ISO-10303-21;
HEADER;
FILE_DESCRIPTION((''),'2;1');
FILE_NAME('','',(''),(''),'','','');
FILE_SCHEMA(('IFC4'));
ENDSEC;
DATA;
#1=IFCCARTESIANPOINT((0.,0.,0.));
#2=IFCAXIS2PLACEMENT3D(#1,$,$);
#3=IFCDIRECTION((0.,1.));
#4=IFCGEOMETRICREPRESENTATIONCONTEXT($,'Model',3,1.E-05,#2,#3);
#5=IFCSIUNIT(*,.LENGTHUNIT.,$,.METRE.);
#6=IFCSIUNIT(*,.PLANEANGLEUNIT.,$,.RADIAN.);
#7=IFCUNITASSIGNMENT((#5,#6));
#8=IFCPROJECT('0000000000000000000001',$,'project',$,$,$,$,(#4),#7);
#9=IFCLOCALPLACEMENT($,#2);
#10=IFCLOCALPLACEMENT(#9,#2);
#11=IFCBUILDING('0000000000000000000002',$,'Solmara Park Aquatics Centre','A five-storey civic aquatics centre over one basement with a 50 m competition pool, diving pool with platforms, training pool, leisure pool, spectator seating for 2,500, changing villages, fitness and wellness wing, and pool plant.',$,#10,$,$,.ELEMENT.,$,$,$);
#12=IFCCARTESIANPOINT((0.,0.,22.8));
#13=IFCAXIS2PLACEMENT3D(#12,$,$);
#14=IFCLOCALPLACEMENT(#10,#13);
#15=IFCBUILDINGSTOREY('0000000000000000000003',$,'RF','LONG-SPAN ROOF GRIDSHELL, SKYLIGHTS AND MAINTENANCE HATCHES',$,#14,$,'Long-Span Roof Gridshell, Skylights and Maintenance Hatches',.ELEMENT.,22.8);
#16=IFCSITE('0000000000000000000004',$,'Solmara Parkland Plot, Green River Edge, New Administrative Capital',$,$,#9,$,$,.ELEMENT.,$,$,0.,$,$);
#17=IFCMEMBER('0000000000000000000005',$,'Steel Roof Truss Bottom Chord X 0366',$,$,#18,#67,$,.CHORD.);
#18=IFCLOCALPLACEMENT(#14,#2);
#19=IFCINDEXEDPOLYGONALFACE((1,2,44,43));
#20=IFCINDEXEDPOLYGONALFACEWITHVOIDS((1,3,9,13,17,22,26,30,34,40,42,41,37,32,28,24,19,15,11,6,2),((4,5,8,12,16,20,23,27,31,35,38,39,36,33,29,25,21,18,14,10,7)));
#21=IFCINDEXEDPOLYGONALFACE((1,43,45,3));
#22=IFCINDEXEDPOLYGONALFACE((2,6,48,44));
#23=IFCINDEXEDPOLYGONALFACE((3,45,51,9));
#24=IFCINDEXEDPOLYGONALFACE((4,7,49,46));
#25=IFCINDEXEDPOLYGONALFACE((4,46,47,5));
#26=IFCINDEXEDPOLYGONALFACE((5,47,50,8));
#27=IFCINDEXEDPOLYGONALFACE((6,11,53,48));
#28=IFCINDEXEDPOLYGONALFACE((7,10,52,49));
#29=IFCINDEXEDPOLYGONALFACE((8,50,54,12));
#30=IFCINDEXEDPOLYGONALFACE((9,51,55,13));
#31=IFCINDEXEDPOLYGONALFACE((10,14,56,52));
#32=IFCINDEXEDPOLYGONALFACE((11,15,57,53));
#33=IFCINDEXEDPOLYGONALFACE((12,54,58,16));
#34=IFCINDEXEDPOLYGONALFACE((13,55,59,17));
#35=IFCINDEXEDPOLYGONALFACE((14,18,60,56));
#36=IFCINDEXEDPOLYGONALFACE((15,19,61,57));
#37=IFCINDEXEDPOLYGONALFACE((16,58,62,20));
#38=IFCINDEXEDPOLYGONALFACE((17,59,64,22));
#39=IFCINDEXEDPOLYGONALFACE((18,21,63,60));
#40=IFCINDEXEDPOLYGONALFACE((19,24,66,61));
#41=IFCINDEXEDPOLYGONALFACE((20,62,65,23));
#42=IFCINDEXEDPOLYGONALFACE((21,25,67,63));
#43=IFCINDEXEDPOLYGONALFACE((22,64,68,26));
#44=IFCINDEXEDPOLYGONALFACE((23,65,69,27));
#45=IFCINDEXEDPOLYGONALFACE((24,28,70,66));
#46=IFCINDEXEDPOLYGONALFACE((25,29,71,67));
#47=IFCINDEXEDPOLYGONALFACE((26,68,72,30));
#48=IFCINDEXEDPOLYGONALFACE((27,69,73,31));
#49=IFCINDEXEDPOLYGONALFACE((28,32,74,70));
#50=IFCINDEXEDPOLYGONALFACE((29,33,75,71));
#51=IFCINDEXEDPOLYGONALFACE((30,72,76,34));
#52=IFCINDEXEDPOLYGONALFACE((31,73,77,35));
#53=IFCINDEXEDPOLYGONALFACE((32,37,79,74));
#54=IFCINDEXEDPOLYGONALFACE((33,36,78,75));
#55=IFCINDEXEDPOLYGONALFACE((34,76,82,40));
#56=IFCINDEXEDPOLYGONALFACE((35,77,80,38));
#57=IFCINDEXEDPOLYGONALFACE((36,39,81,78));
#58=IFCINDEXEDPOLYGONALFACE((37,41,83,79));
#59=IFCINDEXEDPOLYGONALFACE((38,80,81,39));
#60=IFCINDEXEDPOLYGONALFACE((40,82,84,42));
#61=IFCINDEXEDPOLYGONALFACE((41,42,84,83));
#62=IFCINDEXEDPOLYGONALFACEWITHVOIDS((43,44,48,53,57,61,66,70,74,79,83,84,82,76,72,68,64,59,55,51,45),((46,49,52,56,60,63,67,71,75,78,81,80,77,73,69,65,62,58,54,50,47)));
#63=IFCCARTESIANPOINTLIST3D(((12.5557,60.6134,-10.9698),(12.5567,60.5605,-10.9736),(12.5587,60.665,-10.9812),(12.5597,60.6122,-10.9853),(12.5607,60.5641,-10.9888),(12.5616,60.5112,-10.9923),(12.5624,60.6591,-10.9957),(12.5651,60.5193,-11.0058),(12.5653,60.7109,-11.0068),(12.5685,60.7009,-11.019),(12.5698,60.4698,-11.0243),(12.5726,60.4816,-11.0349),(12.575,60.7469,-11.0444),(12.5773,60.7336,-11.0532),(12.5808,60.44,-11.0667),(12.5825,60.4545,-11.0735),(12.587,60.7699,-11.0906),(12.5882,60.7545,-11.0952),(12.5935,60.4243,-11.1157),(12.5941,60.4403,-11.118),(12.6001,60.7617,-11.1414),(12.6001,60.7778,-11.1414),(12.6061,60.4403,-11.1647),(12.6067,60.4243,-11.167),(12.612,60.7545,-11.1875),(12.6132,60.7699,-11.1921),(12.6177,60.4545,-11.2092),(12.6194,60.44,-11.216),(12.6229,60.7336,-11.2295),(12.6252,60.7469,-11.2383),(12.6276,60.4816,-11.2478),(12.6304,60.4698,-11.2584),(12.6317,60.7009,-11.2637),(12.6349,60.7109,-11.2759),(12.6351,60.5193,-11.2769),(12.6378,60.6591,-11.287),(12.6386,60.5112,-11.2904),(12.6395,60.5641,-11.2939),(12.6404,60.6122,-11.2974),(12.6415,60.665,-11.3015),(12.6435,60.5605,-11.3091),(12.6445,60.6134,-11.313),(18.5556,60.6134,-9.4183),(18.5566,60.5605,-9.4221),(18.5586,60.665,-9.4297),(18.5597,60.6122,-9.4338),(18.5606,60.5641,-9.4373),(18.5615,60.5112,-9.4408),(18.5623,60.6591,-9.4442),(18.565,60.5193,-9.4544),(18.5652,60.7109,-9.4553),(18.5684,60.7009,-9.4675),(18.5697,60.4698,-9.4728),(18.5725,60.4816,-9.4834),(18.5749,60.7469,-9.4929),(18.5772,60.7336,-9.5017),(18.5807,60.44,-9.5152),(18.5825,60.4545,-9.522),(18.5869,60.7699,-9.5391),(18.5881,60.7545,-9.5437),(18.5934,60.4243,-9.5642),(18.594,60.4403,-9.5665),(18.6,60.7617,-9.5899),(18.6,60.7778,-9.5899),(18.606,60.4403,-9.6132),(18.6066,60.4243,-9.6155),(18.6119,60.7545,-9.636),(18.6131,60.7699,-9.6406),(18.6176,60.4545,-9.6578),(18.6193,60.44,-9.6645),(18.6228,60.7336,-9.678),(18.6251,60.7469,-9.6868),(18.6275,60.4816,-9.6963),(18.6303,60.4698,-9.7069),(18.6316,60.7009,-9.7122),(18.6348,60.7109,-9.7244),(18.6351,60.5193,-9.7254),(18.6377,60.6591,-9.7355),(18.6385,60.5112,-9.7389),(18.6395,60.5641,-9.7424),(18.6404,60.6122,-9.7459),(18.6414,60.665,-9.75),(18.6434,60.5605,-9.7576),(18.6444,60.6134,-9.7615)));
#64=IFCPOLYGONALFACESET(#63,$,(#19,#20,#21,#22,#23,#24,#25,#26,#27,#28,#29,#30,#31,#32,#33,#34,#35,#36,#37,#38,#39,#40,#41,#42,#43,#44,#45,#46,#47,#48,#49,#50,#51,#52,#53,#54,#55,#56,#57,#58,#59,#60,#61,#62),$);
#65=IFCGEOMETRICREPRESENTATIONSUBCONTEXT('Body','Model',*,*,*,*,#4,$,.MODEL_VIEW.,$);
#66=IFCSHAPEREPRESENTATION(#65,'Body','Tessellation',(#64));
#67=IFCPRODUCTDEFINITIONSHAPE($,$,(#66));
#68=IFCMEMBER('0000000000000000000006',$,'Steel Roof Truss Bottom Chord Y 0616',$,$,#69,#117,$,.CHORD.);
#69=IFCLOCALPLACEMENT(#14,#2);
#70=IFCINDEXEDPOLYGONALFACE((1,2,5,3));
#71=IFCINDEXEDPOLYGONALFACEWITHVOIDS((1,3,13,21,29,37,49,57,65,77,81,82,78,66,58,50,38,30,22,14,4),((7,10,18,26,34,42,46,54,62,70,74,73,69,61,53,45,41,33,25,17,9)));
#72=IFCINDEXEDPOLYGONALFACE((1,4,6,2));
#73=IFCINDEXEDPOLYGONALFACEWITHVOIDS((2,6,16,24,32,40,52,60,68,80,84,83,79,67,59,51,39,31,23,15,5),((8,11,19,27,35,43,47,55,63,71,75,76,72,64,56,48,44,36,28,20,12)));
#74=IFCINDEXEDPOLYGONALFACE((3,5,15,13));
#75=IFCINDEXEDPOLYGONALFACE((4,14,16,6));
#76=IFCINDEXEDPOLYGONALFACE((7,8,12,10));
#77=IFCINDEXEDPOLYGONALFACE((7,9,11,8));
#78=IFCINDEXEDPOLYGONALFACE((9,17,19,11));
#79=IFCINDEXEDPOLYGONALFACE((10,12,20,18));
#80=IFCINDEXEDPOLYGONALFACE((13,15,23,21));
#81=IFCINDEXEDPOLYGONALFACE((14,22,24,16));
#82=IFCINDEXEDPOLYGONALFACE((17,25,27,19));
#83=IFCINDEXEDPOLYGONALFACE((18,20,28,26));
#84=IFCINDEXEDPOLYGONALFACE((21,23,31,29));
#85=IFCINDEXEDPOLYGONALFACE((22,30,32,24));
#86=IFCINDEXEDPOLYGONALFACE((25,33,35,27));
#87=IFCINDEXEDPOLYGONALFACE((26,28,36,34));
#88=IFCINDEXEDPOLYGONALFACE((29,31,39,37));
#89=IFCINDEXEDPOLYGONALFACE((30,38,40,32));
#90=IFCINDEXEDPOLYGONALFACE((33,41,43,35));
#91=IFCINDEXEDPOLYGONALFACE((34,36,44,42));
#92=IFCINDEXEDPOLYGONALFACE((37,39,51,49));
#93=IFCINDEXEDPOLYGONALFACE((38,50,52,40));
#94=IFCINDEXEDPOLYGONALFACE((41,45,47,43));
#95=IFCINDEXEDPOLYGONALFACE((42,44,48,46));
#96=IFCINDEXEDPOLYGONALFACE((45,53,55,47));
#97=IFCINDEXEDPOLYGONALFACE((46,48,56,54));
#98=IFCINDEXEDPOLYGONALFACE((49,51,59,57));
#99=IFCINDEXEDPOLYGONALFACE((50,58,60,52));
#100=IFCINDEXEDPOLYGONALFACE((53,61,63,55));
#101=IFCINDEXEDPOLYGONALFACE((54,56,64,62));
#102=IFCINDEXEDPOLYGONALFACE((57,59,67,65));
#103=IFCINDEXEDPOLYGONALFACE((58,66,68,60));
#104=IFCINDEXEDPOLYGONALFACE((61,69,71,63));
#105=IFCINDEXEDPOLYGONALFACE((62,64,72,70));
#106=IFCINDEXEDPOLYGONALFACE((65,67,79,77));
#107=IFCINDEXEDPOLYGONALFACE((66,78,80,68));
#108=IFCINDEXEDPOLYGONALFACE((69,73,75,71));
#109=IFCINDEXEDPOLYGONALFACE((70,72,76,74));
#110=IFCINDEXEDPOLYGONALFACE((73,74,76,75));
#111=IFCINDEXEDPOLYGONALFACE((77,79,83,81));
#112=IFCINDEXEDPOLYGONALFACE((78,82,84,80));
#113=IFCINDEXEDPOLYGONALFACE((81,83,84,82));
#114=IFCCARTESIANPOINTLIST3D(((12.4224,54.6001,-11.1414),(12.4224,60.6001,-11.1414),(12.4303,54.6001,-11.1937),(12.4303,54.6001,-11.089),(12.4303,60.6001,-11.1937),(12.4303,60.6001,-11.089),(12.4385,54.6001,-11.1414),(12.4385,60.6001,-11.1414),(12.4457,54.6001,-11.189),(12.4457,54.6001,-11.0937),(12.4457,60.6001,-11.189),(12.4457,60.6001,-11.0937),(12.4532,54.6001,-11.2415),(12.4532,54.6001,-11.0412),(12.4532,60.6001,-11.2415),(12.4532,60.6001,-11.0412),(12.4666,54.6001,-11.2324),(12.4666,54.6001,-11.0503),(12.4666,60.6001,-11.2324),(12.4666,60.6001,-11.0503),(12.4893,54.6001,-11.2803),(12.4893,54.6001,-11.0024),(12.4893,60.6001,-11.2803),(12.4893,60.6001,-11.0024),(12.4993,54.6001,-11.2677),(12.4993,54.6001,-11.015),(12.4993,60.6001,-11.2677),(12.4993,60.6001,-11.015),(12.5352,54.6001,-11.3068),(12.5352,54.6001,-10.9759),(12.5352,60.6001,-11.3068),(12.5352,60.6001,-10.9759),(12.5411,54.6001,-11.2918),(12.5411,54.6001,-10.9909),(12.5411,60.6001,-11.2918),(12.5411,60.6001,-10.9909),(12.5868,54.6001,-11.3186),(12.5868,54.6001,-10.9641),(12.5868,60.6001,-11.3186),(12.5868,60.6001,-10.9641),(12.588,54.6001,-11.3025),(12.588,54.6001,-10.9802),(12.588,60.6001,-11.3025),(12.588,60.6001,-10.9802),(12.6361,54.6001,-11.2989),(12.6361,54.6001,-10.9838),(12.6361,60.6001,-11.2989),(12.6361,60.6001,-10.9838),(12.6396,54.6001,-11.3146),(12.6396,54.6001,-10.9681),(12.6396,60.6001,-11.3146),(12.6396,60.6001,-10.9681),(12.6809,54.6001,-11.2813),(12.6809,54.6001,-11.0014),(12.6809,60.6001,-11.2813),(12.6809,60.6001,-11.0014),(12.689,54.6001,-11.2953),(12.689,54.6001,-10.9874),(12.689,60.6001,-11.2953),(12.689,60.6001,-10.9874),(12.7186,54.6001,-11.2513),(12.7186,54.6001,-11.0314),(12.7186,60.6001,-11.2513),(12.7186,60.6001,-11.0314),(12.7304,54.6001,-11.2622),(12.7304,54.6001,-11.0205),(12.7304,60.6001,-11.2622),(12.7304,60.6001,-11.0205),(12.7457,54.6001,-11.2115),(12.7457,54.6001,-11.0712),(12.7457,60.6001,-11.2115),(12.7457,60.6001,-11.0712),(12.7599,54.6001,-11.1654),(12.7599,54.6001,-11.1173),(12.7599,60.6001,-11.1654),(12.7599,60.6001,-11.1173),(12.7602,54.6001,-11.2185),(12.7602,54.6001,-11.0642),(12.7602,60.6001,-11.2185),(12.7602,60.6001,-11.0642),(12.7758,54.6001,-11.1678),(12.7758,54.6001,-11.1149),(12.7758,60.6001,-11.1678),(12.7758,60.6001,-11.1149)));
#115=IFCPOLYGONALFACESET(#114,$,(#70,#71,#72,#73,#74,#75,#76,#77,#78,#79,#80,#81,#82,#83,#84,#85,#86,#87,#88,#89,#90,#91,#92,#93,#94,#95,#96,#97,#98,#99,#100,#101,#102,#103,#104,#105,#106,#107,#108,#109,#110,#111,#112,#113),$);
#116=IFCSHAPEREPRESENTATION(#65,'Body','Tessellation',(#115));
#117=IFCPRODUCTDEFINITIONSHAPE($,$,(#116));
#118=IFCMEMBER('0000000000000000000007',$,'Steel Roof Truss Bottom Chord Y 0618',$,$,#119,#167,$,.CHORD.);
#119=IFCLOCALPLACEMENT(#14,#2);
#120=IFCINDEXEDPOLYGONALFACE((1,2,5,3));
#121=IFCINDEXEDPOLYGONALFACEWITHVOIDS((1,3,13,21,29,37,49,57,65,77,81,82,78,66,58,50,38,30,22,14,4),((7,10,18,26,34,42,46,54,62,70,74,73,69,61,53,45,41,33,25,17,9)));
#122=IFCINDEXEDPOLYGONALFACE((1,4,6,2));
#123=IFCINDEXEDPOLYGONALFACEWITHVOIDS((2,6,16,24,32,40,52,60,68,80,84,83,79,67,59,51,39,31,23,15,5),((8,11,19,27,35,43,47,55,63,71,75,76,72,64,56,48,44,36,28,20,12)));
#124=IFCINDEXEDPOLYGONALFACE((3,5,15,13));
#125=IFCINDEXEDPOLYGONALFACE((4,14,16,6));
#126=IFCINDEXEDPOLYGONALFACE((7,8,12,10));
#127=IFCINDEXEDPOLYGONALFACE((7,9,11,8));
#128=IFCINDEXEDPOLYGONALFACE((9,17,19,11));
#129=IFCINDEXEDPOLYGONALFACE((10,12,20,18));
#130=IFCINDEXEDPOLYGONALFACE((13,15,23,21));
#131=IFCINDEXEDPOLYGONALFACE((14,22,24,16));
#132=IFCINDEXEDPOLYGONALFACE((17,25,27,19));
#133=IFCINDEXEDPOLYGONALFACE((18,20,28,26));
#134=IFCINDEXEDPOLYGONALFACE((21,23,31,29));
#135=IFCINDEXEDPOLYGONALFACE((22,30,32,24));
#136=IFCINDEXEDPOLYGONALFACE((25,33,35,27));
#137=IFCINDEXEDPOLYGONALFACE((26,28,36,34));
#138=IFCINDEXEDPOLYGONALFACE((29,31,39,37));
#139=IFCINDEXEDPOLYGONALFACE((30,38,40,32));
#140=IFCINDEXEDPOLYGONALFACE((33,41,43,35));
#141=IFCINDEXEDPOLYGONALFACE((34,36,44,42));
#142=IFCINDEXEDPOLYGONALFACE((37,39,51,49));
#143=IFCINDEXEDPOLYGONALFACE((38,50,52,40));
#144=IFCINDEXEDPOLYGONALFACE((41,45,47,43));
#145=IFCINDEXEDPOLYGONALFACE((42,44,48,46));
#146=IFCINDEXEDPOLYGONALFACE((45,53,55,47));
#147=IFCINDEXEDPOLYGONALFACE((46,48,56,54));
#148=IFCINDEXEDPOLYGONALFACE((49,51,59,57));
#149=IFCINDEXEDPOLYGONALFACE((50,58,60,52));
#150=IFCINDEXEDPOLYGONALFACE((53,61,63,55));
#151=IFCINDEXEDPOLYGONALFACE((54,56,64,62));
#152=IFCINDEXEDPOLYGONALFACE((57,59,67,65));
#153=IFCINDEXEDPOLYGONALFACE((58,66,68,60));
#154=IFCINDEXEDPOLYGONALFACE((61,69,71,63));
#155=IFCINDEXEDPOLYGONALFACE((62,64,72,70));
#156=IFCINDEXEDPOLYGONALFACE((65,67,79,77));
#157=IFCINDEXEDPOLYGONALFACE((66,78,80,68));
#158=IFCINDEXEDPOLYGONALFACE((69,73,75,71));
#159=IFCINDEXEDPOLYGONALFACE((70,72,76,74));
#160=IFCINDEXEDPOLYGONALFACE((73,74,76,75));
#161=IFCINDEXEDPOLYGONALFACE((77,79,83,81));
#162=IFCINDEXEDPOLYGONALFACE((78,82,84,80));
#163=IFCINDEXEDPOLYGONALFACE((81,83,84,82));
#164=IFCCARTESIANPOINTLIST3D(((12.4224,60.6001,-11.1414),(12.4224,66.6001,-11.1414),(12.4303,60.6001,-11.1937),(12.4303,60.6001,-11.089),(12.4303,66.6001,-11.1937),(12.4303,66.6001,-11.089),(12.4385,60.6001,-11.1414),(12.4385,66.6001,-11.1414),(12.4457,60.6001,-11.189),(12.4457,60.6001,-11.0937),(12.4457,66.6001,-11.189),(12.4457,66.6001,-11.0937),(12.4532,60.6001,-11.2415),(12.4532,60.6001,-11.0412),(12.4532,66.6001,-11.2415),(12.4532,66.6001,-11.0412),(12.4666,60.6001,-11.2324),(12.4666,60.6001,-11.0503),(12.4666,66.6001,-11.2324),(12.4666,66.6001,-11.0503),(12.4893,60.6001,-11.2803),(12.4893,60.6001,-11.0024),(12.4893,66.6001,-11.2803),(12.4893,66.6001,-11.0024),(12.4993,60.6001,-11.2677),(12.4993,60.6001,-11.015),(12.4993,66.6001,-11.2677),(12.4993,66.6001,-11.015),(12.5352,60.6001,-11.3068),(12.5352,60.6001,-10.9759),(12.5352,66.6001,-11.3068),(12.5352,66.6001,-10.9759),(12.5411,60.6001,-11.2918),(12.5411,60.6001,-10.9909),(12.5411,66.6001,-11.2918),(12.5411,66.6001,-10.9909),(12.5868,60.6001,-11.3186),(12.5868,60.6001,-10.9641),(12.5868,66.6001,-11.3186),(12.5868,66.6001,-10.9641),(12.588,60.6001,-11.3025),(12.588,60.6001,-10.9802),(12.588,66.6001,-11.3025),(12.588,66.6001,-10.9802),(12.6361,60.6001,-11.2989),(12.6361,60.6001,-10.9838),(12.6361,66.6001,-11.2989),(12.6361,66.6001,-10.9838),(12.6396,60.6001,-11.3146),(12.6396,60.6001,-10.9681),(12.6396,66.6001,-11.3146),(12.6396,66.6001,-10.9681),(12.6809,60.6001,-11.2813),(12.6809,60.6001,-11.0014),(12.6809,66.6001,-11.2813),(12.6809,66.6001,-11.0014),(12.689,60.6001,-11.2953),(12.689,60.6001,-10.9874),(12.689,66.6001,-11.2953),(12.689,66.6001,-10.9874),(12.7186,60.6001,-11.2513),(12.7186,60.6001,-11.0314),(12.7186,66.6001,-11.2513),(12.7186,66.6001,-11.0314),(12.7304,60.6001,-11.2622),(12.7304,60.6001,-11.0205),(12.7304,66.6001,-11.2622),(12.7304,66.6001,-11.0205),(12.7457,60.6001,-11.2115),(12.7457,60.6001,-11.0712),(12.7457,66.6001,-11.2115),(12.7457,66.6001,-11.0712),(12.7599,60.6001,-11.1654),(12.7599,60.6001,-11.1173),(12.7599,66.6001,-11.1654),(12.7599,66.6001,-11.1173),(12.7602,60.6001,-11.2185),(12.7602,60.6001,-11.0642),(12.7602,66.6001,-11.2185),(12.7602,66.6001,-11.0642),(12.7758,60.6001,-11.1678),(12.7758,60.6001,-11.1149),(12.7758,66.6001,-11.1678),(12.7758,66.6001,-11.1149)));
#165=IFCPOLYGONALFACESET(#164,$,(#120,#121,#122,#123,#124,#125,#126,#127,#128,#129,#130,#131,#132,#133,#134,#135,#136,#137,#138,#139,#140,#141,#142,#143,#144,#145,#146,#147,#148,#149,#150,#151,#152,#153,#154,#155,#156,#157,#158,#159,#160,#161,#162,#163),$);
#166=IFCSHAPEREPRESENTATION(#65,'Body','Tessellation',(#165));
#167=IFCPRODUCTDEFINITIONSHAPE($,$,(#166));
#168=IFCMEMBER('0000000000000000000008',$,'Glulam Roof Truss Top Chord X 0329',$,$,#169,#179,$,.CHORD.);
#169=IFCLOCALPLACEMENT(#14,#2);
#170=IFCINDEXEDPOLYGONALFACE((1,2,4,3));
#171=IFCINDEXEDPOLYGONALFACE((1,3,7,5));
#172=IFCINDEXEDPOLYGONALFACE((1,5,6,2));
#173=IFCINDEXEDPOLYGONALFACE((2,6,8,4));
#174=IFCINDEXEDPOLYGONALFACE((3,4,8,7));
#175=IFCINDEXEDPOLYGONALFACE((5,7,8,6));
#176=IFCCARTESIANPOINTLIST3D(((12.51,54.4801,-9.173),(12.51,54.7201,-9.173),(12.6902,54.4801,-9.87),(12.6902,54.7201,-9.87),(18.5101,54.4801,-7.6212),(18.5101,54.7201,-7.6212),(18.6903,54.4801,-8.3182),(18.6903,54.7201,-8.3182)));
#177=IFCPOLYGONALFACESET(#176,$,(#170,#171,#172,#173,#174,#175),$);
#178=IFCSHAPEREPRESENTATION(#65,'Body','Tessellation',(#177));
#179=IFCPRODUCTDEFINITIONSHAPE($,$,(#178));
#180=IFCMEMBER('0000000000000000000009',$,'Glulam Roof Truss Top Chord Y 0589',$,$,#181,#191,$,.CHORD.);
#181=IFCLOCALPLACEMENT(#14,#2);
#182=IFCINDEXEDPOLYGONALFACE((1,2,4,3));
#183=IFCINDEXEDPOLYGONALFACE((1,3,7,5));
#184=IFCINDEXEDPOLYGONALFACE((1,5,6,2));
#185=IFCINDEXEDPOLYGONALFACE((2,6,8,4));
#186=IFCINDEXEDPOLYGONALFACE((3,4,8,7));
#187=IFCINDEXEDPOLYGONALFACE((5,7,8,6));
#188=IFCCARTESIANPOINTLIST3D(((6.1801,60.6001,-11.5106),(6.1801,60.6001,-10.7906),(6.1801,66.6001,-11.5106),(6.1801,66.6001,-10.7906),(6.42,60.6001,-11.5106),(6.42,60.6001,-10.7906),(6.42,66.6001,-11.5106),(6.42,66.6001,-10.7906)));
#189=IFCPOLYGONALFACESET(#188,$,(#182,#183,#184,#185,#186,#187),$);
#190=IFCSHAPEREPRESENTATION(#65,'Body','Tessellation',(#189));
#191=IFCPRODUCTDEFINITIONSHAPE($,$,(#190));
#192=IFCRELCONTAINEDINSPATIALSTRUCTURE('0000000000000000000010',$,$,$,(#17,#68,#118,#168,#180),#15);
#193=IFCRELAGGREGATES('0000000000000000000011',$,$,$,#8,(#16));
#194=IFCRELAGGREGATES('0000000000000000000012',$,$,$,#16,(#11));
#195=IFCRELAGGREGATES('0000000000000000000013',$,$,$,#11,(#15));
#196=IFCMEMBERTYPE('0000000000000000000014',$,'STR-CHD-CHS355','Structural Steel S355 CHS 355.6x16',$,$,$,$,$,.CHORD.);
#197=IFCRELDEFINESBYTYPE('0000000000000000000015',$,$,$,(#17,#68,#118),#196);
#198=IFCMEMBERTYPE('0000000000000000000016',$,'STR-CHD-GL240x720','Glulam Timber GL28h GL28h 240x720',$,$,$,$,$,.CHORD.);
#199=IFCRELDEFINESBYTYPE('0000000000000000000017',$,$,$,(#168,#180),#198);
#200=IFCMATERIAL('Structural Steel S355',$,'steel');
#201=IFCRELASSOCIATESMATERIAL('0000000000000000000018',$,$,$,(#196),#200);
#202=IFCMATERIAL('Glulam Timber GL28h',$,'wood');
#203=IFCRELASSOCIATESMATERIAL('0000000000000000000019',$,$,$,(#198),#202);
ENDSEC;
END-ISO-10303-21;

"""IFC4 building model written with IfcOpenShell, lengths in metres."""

from ifc_helpers import new_model, si_unit, direction, frame, origin, origin_2d, place, context, subcontext, project, spatial, rectangle, hollow_circle, extrude, material, material_profile, profile_set, type_object, element, save


model = new_model("IFC4")

# Units and contexts
model_context = context("Model", 3, precision=1e-05, world=origin(), true_north=direction((0.0, 1.0)))
body_context = subcontext(model_context, "Body", "Model", "MODEL_VIEW")
ifc_project = project(units=[si_unit("LENGTHUNIT", "METRE"), si_unit("PLANEANGLEUNIT", "RADIAN")], contexts=[model_context])

# Site, building, storey
site_placement = place(None, origin())
site = spatial("IfcSite", under=ifc_project, at=site_placement, Name="Solmara Parkland Plot, Green River Edge, New Administrative Capital", CompositionType="ELEMENT", RefElevation=0.0)
building_placement = place(site_placement, origin())
building = spatial("IfcBuilding", under=site, at=building_placement, Name="Solmara Park Aquatics Centre", Description="A five-storey civic aquatics centre over one basement with a 50 m competition pool, diving pool with platforms, training pool, leisure pool, spectator seating for 2,500, changing villages, fitness and wellness wing, and pool plant.", CompositionType="ELEMENT")
storey_placement = place(building_placement, frame((0.0, 0.0, 22.8)))
storey = spatial("IfcBuildingStorey", under=building, at=storey_placement, Name="RF", Description="LONG-SPAN ROOF GRIDSHELL, SKYLIGHTS AND MAINTENANCE HATCHES", LongName="Long-Span Roof Gridshell, Skylights and Maintenance Hatches", CompositionType="ELEMENT", Elevation=22.8)

# Members
ifc_material_1 = material(Name="Structural Steel S355", Category="steel")
ifc_material_profile_1 = material_profile(ifc_material_1, hollow_circle(Radius=0.1777, WallThickness=0.0161, at=origin_2d()), Name="CHS 355.6x16")
ifc_profile_set_1 = profile_set([ifc_material_profile_1], Name="Structural Steel S355")
member_type_1 = type_object("IfcMemberType", Name="STR-CHD-CHS355", Description="Structural Steel S355 CHS 355.6x16", PredefinedType="CHORD", material=ifc_profile_set_1)
member_1_placement = place(storey_placement, frame((12.6001, 60.6001, -11.1414), z_axis=(0.968155, 0.0, 0.250351), x_axis=(0.0, 1.0, 0.0)))
element("IfcMember", 1, at=member_1_placement, inside=storey, type_object=member_type_1, Name="Steel Roof Truss Bottom Chord X 0366", PredefinedType="CHORD", context=body_context, shape_type="SweptSolid", body=[
    extrude(hollow_circle(Radius=0.1777, WallThickness=0.0161, at=origin_2d()), origin(), (0.0, 0.0, 1.0), 6.1973),
])
for number, where, z_axis, x_axis, name in (
    (2, (12.6001, 54.6001, -11.1414), (0.0, 1.0, 0.0), (-1.0, 0.0, 0.0), "Steel Roof Truss Bottom Chord Y 0616"),
    (3, (12.6001, 60.6001, -11.1414), (0.0, 1.0, 0.0), (-1.0, 0.0, 0.0), "Steel Roof Truss Bottom Chord Y 0618"),
):
    element("IfcMember", number, at=place(storey_placement, frame(where, z_axis=z_axis, x_axis=x_axis)), inside=storey, type_object=member_type_1, Name=name, PredefinedType="CHORD", context=body_context, shape_type="SweptSolid", body=[
        extrude(hollow_circle(Radius=0.1777, WallThickness=0.0161, at=origin_2d()), origin(), (0.0, 0.0, 1.0), 6.0),
    ])
ifc_material_2 = material(Name="Glulam Timber GL28h", Category="wood")
ifc_material_profile_2 = material_profile(ifc_material_2, rectangle(XDim=0.24, YDim=0.72, at=origin_2d()), Name="GL28h 240x720")
ifc_profile_set_2 = profile_set([ifc_material_profile_2], Name="Glulam Timber GL28h")
member_type_2 = type_object("IfcMemberType", Name="STR-CHD-GL240x720", Description="Glulam Timber GL28h GL28h 240x720", PredefinedType="CHORD", material=ifc_profile_set_2)
member_2_placement = place(storey_placement, frame((12.6001, 54.6001, -9.5215), z_axis=(0.968146, 0.0, 0.250388), x_axis=(0.0, 1.0, 0.0)))
element("IfcMember", 4, at=member_2_placement, inside=storey, type_object=member_type_2, Name="Glulam Roof Truss Top Chord X 0329", PredefinedType="CHORD", context=body_context, shape_type="SweptSolid", body=[
    extrude(rectangle(XDim=0.24, YDim=0.72, at=origin_2d()), origin(), (0.0, 0.0, 1.0), 6.1975),
])
member_3_placement = place(storey_placement, frame((6.3, 60.6001, -11.1506), z_axis=(0.0, 1.0, 0.0), x_axis=(-1.0, 0.0, 0.0)))
element("IfcMember", 5, at=member_3_placement, inside=storey, type_object=member_type_2, Name="Glulam Roof Truss Top Chord Y 0589", PredefinedType="CHORD", context=body_context, shape_type="SweptSolid", body=[
    extrude(rectangle(XDim=0.24, YDim=0.72, at=origin_2d()), origin(), (0.0, 0.0, 1.0), 6.0),
])

save(model, "model.ifc")
